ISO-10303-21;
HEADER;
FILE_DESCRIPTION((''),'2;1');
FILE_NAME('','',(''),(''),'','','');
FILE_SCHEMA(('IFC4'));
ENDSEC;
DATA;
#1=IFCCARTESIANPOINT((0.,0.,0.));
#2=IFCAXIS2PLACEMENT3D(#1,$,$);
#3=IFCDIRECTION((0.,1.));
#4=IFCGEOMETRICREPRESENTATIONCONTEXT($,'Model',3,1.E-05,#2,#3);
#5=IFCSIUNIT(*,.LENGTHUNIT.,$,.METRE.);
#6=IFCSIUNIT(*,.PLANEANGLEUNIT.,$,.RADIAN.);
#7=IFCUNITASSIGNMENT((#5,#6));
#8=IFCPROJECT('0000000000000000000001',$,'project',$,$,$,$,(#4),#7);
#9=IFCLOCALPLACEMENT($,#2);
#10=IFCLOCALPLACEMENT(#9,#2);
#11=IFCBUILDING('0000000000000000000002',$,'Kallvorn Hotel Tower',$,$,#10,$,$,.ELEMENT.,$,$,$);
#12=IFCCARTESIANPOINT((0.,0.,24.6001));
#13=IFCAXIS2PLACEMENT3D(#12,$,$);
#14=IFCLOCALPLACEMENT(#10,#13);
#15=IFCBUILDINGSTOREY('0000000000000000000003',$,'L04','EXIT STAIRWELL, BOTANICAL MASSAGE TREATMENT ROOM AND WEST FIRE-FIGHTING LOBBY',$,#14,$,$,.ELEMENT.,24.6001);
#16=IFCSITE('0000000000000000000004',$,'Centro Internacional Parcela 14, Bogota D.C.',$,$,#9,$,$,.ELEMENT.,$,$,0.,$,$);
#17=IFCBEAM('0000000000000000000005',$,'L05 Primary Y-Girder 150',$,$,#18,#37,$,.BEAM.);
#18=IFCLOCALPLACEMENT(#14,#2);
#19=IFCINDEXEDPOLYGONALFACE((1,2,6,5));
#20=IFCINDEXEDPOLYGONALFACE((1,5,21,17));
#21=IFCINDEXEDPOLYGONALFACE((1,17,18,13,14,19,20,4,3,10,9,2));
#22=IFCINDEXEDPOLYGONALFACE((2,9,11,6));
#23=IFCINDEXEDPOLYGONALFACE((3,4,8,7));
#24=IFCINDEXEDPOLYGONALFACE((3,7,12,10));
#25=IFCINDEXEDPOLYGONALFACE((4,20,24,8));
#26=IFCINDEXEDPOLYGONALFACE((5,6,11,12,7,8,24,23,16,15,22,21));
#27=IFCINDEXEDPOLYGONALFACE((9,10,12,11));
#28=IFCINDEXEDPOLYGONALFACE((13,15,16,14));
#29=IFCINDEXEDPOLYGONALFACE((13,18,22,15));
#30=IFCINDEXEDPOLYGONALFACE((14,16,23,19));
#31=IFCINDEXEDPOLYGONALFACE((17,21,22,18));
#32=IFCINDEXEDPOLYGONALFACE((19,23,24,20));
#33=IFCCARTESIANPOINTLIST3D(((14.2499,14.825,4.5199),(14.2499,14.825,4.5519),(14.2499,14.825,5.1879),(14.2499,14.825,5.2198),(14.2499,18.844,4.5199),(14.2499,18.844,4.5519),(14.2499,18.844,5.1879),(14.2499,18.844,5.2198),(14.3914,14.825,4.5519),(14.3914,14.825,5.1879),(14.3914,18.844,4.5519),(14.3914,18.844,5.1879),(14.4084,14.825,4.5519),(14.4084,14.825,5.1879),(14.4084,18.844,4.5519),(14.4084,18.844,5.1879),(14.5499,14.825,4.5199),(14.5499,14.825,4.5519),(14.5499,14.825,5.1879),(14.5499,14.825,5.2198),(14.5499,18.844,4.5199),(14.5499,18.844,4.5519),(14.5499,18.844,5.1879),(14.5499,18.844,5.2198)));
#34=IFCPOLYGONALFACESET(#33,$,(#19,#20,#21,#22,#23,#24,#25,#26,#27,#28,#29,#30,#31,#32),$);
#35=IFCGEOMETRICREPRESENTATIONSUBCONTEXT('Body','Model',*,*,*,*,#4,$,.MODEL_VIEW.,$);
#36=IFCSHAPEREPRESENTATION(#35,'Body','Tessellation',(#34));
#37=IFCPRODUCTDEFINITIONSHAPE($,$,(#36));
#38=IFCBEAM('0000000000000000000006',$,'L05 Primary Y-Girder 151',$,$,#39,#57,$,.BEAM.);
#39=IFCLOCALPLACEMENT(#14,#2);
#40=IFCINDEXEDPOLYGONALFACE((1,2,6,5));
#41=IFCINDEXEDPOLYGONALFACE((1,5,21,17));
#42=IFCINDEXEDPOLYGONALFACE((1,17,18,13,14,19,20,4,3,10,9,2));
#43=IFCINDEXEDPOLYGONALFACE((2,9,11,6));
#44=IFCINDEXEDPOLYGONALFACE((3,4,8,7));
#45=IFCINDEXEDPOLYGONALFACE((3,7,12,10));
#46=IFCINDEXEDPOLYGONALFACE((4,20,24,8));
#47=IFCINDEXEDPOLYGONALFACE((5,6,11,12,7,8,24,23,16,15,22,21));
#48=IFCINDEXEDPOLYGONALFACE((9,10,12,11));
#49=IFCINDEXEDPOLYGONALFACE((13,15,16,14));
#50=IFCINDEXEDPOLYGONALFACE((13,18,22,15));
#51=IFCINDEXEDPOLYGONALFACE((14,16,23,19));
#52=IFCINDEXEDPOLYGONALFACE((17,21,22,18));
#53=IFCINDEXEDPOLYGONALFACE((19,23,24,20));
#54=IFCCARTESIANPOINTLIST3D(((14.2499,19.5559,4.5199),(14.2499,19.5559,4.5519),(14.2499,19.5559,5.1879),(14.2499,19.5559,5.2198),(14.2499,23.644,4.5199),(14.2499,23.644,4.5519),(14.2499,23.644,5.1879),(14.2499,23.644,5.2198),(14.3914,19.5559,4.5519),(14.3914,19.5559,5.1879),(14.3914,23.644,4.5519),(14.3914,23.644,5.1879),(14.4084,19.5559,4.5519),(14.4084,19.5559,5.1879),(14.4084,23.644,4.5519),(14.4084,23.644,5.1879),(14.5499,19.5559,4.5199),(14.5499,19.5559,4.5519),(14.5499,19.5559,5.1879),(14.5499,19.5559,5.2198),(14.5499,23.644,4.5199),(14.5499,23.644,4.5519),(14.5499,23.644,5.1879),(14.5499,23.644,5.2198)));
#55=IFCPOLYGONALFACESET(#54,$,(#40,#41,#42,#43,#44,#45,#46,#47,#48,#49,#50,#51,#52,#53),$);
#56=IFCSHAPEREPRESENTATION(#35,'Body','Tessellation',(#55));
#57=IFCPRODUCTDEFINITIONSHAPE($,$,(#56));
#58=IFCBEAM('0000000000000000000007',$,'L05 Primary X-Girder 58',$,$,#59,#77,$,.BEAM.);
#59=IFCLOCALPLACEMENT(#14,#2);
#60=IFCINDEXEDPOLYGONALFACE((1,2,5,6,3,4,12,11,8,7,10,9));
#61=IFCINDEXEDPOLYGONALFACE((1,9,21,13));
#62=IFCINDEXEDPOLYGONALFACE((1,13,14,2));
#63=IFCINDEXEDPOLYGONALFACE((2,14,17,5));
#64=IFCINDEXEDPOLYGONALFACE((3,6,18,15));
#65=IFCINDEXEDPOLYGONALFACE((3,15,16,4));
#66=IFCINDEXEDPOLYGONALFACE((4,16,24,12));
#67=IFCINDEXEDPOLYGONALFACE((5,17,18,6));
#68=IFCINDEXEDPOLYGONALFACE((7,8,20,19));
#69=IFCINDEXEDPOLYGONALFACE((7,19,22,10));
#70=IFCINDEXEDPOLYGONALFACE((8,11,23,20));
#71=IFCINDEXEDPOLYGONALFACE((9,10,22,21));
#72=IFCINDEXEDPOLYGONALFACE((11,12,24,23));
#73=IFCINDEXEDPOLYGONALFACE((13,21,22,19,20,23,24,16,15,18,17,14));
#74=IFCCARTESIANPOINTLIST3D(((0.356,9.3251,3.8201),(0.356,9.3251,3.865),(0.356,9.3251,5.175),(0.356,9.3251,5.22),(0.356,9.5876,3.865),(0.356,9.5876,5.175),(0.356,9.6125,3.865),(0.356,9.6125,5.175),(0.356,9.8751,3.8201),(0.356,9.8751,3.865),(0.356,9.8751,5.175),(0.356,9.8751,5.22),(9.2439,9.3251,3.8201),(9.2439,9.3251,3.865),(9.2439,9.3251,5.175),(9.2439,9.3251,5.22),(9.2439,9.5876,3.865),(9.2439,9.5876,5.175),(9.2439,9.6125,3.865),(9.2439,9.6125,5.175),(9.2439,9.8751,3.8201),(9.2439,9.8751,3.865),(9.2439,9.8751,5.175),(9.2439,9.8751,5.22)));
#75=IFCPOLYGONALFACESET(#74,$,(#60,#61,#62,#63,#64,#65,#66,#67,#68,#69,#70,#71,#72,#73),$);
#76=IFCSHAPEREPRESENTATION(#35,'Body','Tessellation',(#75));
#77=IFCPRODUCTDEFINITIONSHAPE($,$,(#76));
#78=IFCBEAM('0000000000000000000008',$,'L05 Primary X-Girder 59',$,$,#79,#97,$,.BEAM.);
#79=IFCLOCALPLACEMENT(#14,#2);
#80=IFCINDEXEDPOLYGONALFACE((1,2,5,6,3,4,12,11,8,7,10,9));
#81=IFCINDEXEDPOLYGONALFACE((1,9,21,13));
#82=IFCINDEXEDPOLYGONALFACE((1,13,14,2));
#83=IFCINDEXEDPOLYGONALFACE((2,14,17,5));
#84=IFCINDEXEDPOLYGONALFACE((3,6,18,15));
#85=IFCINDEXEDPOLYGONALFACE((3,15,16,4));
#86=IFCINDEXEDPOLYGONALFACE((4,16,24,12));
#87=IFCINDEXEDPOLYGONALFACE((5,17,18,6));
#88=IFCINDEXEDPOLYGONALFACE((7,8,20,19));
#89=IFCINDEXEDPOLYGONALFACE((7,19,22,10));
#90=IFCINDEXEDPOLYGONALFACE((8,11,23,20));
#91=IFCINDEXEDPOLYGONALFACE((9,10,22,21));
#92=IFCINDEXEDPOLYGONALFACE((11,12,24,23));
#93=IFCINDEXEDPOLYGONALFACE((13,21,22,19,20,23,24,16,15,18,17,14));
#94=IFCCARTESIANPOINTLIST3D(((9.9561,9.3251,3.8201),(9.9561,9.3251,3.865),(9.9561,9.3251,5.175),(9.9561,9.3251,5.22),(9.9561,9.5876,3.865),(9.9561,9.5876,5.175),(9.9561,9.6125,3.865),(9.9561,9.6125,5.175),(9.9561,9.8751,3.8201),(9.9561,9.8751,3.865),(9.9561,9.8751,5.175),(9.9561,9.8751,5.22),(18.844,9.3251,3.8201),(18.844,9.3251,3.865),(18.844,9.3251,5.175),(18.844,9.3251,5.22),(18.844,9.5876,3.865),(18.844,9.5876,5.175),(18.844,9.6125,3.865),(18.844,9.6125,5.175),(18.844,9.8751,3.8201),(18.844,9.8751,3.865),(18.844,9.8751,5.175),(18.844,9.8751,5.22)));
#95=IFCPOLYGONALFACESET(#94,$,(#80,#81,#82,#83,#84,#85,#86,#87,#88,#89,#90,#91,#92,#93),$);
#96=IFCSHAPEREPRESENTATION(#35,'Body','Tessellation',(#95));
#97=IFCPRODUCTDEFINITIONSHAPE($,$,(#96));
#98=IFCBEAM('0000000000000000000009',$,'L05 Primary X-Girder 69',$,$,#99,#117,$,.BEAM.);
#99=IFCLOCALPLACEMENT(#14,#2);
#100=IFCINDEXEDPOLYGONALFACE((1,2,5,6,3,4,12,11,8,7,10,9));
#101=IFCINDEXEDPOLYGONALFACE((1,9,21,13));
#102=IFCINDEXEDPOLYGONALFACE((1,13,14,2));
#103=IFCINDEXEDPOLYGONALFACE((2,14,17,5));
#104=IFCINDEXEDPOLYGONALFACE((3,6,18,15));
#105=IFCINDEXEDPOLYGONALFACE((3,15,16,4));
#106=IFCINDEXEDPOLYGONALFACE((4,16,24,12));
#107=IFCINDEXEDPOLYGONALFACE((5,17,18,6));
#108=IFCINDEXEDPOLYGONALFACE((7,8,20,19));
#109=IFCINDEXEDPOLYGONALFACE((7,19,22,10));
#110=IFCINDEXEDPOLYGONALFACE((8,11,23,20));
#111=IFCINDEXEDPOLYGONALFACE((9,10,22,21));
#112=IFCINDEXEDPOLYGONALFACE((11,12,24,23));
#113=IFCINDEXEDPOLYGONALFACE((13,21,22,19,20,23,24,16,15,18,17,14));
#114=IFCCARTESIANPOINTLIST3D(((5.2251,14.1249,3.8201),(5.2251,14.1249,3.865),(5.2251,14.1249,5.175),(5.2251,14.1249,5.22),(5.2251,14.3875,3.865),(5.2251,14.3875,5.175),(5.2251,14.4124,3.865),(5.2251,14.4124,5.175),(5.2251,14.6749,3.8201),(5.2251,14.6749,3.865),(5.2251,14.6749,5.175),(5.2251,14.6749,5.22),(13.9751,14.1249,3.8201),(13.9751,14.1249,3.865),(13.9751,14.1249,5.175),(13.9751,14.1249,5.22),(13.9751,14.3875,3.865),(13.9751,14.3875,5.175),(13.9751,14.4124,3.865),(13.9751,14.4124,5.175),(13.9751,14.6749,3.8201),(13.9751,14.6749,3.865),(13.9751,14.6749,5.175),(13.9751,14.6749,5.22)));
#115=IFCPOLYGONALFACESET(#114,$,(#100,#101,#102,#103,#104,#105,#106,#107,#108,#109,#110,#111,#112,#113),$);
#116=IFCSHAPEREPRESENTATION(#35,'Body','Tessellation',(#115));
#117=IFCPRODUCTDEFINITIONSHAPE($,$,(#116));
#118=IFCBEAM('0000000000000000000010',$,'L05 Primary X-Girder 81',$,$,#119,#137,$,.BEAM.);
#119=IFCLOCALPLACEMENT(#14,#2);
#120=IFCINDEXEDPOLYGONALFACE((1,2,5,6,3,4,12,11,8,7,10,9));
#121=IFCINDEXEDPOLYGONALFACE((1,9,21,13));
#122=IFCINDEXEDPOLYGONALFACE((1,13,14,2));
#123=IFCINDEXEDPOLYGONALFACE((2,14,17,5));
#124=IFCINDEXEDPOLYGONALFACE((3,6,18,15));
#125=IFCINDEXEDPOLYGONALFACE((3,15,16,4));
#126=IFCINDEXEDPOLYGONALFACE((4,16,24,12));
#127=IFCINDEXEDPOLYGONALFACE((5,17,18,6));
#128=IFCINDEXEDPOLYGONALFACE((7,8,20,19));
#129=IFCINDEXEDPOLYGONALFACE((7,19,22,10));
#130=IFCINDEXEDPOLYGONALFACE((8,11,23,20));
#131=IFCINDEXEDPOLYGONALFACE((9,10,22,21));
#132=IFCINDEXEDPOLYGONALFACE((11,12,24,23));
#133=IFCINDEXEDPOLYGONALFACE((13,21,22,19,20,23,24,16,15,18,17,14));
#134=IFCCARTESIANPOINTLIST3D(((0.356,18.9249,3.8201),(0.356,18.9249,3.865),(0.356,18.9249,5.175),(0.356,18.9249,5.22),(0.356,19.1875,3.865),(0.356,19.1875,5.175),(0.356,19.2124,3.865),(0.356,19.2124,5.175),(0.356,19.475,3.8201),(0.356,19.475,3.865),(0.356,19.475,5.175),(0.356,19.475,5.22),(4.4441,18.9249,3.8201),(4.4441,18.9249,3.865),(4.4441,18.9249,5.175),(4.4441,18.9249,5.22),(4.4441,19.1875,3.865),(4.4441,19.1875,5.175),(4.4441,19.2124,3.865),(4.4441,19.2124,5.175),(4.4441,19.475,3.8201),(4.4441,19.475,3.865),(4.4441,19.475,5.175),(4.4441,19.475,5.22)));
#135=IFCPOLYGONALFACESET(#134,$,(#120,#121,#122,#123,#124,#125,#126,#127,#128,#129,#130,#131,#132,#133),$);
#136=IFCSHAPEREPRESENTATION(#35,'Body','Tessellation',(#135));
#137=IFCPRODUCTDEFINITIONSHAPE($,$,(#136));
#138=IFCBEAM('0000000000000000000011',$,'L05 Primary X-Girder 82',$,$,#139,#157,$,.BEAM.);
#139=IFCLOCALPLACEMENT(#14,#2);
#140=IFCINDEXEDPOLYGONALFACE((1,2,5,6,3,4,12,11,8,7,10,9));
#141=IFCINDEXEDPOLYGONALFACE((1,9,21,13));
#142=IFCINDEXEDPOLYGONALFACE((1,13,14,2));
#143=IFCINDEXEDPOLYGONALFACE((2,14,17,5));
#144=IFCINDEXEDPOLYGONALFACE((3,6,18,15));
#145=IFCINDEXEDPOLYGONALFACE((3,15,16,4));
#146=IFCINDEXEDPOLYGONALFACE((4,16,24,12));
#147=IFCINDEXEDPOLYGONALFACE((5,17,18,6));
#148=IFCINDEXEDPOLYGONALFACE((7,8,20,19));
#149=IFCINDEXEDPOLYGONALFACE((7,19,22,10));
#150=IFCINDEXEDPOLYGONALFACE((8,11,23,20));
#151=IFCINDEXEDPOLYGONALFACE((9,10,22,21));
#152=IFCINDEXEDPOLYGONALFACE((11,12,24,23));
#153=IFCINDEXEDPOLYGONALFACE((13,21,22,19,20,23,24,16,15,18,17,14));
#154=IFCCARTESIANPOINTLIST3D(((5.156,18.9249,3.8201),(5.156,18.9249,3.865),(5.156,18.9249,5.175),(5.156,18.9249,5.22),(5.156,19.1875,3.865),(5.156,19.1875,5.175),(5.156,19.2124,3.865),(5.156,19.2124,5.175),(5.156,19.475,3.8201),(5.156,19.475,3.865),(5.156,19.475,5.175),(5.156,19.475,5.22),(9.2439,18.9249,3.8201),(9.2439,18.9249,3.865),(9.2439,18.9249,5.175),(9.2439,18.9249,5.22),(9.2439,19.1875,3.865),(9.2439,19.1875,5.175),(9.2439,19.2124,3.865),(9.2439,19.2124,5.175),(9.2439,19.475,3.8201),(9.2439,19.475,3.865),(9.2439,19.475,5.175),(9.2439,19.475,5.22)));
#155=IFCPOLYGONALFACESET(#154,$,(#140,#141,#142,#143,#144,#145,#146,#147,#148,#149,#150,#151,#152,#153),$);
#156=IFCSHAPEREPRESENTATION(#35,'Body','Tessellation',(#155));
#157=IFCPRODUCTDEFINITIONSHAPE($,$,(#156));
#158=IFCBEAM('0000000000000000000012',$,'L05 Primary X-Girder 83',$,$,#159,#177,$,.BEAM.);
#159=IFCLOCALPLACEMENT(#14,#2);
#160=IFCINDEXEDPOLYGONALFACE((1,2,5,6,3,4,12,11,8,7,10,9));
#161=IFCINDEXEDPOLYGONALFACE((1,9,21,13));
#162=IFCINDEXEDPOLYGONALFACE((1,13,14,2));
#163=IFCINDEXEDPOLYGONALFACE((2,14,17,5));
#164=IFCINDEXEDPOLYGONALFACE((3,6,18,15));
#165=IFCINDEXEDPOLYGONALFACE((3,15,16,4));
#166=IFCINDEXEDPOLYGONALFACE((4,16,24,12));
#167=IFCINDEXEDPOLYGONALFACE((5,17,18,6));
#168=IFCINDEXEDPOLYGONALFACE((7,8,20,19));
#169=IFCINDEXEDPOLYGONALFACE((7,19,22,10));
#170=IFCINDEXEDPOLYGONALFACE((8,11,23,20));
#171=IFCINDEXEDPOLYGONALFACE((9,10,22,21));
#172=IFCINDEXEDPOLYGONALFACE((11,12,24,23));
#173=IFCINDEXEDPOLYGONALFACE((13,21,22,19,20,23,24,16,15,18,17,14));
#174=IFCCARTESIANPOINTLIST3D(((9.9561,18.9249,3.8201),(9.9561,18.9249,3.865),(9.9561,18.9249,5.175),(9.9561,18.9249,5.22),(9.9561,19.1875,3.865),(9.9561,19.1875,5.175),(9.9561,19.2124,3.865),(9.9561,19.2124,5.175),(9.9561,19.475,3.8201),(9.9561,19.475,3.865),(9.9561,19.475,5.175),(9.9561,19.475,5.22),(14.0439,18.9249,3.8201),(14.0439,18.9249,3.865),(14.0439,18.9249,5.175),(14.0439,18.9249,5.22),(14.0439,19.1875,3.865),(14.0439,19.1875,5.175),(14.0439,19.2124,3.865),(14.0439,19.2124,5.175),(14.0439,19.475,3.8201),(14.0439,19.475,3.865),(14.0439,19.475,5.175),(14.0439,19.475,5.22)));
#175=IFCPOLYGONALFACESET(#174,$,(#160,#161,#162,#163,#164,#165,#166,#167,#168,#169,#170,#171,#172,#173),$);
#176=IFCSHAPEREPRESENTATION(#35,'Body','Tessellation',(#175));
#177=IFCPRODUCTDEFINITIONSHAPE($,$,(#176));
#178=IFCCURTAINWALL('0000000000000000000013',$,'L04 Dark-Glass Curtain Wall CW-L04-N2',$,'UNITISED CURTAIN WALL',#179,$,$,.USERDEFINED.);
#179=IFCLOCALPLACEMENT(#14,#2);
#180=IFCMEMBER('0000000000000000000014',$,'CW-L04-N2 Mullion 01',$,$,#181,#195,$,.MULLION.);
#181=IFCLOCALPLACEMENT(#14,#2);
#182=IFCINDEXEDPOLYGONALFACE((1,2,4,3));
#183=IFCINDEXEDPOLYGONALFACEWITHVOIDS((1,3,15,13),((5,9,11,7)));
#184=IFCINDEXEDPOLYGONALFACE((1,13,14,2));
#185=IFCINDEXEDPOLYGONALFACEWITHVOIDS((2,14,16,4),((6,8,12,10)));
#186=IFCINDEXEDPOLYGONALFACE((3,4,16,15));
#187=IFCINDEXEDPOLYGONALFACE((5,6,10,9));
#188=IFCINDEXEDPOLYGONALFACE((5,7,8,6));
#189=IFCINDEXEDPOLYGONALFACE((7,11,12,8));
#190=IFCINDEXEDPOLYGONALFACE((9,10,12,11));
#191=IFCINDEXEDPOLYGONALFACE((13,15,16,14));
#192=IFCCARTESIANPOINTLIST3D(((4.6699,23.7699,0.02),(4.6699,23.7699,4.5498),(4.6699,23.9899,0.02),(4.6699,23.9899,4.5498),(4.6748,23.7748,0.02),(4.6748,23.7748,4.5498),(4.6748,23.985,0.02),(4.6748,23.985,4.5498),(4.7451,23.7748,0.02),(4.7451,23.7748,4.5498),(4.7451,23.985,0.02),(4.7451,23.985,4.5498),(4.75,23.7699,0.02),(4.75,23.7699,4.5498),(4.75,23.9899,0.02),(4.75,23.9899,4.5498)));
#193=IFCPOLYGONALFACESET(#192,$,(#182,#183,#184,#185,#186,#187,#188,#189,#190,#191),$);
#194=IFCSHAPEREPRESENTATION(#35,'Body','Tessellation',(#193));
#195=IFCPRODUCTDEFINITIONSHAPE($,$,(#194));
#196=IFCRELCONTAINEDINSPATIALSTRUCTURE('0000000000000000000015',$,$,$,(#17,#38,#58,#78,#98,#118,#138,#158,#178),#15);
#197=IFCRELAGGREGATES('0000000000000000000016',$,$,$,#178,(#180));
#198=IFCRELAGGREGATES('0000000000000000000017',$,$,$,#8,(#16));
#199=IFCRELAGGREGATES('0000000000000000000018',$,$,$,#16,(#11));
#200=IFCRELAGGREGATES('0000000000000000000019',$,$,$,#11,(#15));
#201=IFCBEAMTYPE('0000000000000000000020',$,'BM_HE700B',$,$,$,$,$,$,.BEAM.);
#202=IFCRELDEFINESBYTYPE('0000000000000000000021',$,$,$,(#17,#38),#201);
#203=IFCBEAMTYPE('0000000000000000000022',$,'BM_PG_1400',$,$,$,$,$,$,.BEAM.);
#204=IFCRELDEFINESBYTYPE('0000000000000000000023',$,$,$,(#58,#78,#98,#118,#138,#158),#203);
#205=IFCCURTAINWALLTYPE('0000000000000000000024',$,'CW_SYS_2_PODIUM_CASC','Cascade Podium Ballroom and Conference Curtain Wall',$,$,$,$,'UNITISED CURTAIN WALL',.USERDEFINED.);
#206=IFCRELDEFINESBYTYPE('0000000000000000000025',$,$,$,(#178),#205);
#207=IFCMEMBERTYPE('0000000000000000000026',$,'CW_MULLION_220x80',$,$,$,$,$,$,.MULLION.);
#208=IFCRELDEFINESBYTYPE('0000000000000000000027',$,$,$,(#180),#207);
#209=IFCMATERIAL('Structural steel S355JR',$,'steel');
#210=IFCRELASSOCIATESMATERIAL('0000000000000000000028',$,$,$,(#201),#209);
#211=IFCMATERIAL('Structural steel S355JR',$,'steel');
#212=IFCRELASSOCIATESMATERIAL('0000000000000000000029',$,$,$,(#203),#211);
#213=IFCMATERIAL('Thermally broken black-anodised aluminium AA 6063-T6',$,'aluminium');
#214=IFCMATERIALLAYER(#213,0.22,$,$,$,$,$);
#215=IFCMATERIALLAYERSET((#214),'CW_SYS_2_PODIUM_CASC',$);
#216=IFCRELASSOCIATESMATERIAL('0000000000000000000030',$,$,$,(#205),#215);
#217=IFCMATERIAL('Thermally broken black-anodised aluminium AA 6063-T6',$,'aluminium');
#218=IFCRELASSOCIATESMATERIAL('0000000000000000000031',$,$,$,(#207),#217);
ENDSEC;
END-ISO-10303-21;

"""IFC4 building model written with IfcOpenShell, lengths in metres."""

from ifc_helpers import new_model, si_unit, direction, frame, origin, origin_2d, place, context, subcontext, project, spatial, hollow_rectangle, i_section, extrude, material, layer, layer_set, material_profile, profile_set, type_object, element, aggregate, save


model = new_model("IFC4")

# Units and contexts
model_context = context("Model", 3, precision=1e-05, world=origin(), true_north=direction((0.0, 1.0)))
body_context = subcontext(model_context, "Body", "Model", "MODEL_VIEW")
ifc_project = project(units=[si_unit("LENGTHUNIT", "METRE"), si_unit("PLANEANGLEUNIT", "RADIAN")], contexts=[model_context])

# Site, building, storey
site_placement = place(None, origin())
site = spatial("IfcSite", under=ifc_project, at=site_placement, Name="Centro Internacional Parcela 14, Bogota D.C.", CompositionType="ELEMENT", RefElevation=0.0)
building_placement = place(site_placement, origin())
building = spatial("IfcBuilding", under=site, at=building_placement, Name="Kallvorn Hotel Tower", CompositionType="ELEMENT")
storey_placement = place(building_placement, frame((0.0, 0.0, 24.6001)))
storey = spatial("IfcBuildingStorey", under=building, at=storey_placement, Name="L04", Description="EXIT STAIRWELL, BOTANICAL MASSAGE TREATMENT ROOM AND WEST FIRE-FIGHTING LOBBY", CompositionType="ELEMENT", Elevation=24.6001)

# Beams
ifc_material_1 = material(Name="Structural steel S355JR", Category="steel")
ifc_material_profile_1 = material_profile(ifc_material_1, i_section(OverallWidth=0.3, OverallDepth=0.7, WebThickness=0.0171, FlangeThickness=0.032, at=origin_2d()), Name="HE 700 B")
ifc_profile_set_1 = profile_set([ifc_material_profile_1], Name="Structural steel S355JR")
beam_type_1 = type_object("IfcBeamType", Name="BM_HE700B", PredefinedType="BEAM", material=ifc_profile_set_1)
beam_1_placement = place(storey_placement, frame((14.3999, 14.825, 4.8699), z_axis=(0.0, 1.0, 0.0), x_axis=(-1.0, 0.0, 0.0)))
element("IfcBeam", 1, at=beam_1_placement, inside=storey, type_object=beam_type_1, Name="L05 Primary Y-Girder 150", PredefinedType="BEAM", context=body_context, shape_type="SweptSolid", body=[
    extrude(i_section(OverallWidth=0.3, OverallDepth=0.7, WebThickness=0.0171, FlangeThickness=0.032, at=origin_2d()), origin(), (0.0, 0.0, 1.0), 4.019),
])
beam_2_placement = place(storey_placement, frame((14.3999, 19.5559, 4.8699), z_axis=(0.0, 1.0, 0.0), x_axis=(-1.0, 0.0, 0.0)))
element("IfcBeam", 2, at=beam_2_placement, inside=storey, type_object=beam_type_1, Name="L05 Primary Y-Girder 151", PredefinedType="BEAM", context=body_context, shape_type="SweptSolid", body=[
    extrude(i_section(OverallWidth=0.3, OverallDepth=0.7, WebThickness=0.0171, FlangeThickness=0.032, at=origin_2d()), origin(), (0.0, 0.0, 1.0), 4.0881),
])
ifc_material_2 = material(Name="Structural steel S355JR", Category="steel")
ifc_material_profile_2 = material_profile(ifc_material_2, i_section(OverallWidth=0.55, OverallDepth=1.3999, WebThickness=0.0249, FlangeThickness=0.0449, at=origin_2d()), Name="PG 1400x550x25x45")
ifc_profile_set_2 = profile_set([ifc_material_profile_2], Name="Structural steel S355JR")
beam_type_2 = type_object("IfcBeamType", Name="BM_PG_1400", PredefinedType="BEAM", material=ifc_profile_set_2)
for number, where, z_axis, x_axis, name in (
    (3, (0.356, 9.6001, 4.52), (1.0, 0.0, 0.0), (0.0, 1.0, 0.0), "L05 Primary X-Girder 58"),
    (4, (9.9561, 9.6001, 4.52), (1.0, 0.0, 0.0), (0.0, 1.0, 0.0), "L05 Primary X-Girder 59"),
):
    element("IfcBeam", number, at=place(storey_placement, frame(where, z_axis=z_axis, x_axis=x_axis)), inside=storey, type_object=beam_type_2, Name=name, PredefinedType="BEAM", context=body_context, shape_type="SweptSolid", body=[
        extrude(i_section(OverallWidth=0.55, OverallDepth=1.3999, WebThickness=0.0249, FlangeThickness=0.0449, at=origin_2d()), origin(), (0.0, 0.0, 1.0), 8.8879),
    ])
beam_3_placement = place(storey_placement, frame((5.2251, 14.3999, 4.52), z_axis=(1.0, 0.0, 0.0), x_axis=(0.0, 1.0, 0.0)))
element("IfcBeam", 5, at=beam_3_placement, inside=storey, type_object=beam_type_2, Name="L05 Primary X-Girder 69", PredefinedType="BEAM", context=body_context, shape_type="SweptSolid", body=[
    extrude(i_section(OverallWidth=0.55, OverallDepth=1.3999, WebThickness=0.0249, FlangeThickness=0.0449, at=origin_2d()), origin(), (0.0, 0.0, 1.0), 8.75),
])
beam_4_placement = place(storey_placement, frame((0.356, 19.2, 4.52), z_axis=(1.0, 0.0, 0.0), x_axis=(0.0, 1.0, 0.0)))
element("IfcBeam", 6, at=beam_4_placement, inside=storey, type_object=beam_type_2, Name="L05 Primary X-Girder 81", PredefinedType="BEAM", context=body_context, shape_type="SweptSolid", body=[
    extrude(i_section(OverallWidth=0.55, OverallDepth=1.3999, WebThickness=0.0249, FlangeThickness=0.0449, at=origin_2d()), origin(), (0.0, 0.0, 1.0), 4.0881),
])
for number, where, z_axis, x_axis, name in (
    (7, (5.156, 19.2, 4.52), (1.0, 0.0, 0.0), (0.0, 1.0, 0.0), "L05 Primary X-Girder 82"),
    (8, (9.9561, 19.2, 4.52), (1.0, 0.0, 0.0), (0.0, 1.0, 0.0), "L05 Primary X-Girder 83"),
):
    element("IfcBeam", number, at=place(storey_placement, frame(where, z_axis=z_axis, x_axis=x_axis)), inside=storey, type_object=beam_type_2, Name=name, PredefinedType="BEAM", context=body_context, shape_type="SweptSolid", body=[
        extrude(i_section(OverallWidth=0.55, OverallDepth=1.3999, WebThickness=0.0249, FlangeThickness=0.0449, at=origin_2d()), origin(), (0.0, 0.0, 1.0), 4.0879),
    ])

# Curtain wall, member
ifc_material_3 = material(Name="Thermally broken black-anodised aluminium AA 6063-T6", Category="aluminium")
ifc_layer_1 = layer(ifc_material_3, 0.22)
ifc_layer_set_1 = layer_set([ifc_layer_1], Name="CW_SYS_2_PODIUM_CASC")
curtain_wall_type = type_object("IfcCurtainWallType", Name="CW_SYS_2_PODIUM_CASC", Description="Cascade Podium Ballroom and Conference Curtain Wall", ElementType="UNITISED CURTAIN WALL", PredefinedType="USERDEFINED", material=ifc_layer_set_1)
curtain_wall_1_placement = place(storey_placement, origin())
curtain_wall_1 = element("IfcCurtainWall", 9, at=curtain_wall_1_placement, inside=storey, type_object=curtain_wall_type, Name="L04 Dark-Glass Curtain Wall CW-L04-N2", ObjectType="UNITISED CURTAIN WALL", PredefinedType="USERDEFINED")
ifc_material_4 = material(Name="Thermally broken black-anodised aluminium AA 6063-T6", Category="aluminium")
ifc_material_profile_3 = material_profile(ifc_material_4, hollow_rectangle(XDim=0.0801, YDim=0.22, WallThickness=0.0049, at=origin_2d()), Name="MUL 220x80")
ifc_profile_set_3 = profile_set([ifc_material_profile_3], Name="Thermally broken black-anodised aluminium AA 6063-T6")
member_type_1 = type_object("IfcMemberType", Name="CW_MULLION_220x80", PredefinedType="MULLION", material=ifc_profile_set_3)
member_1_placement = place(storey_placement, frame((4.71, 23.8799, 0.02), z_axis=(0.0, 0.0, 1.0), x_axis=(1.0, 0.0, 0.0)))
member_1 = element("IfcMember", 10, at=member_1_placement, type_object=member_type_1, Name="CW-L04-N2 Mullion 01", PredefinedType="MULLION", context=body_context, shape_type="SweptSolid", body=[
    extrude(hollow_rectangle(XDim=0.0801, YDim=0.22, WallThickness=0.0049, at=origin_2d()), origin(), (0.0, 0.0, 1.0), 4.5298),
])

aggregate(curtain_wall_1, [member_1])

save(model, "model.ifc")
